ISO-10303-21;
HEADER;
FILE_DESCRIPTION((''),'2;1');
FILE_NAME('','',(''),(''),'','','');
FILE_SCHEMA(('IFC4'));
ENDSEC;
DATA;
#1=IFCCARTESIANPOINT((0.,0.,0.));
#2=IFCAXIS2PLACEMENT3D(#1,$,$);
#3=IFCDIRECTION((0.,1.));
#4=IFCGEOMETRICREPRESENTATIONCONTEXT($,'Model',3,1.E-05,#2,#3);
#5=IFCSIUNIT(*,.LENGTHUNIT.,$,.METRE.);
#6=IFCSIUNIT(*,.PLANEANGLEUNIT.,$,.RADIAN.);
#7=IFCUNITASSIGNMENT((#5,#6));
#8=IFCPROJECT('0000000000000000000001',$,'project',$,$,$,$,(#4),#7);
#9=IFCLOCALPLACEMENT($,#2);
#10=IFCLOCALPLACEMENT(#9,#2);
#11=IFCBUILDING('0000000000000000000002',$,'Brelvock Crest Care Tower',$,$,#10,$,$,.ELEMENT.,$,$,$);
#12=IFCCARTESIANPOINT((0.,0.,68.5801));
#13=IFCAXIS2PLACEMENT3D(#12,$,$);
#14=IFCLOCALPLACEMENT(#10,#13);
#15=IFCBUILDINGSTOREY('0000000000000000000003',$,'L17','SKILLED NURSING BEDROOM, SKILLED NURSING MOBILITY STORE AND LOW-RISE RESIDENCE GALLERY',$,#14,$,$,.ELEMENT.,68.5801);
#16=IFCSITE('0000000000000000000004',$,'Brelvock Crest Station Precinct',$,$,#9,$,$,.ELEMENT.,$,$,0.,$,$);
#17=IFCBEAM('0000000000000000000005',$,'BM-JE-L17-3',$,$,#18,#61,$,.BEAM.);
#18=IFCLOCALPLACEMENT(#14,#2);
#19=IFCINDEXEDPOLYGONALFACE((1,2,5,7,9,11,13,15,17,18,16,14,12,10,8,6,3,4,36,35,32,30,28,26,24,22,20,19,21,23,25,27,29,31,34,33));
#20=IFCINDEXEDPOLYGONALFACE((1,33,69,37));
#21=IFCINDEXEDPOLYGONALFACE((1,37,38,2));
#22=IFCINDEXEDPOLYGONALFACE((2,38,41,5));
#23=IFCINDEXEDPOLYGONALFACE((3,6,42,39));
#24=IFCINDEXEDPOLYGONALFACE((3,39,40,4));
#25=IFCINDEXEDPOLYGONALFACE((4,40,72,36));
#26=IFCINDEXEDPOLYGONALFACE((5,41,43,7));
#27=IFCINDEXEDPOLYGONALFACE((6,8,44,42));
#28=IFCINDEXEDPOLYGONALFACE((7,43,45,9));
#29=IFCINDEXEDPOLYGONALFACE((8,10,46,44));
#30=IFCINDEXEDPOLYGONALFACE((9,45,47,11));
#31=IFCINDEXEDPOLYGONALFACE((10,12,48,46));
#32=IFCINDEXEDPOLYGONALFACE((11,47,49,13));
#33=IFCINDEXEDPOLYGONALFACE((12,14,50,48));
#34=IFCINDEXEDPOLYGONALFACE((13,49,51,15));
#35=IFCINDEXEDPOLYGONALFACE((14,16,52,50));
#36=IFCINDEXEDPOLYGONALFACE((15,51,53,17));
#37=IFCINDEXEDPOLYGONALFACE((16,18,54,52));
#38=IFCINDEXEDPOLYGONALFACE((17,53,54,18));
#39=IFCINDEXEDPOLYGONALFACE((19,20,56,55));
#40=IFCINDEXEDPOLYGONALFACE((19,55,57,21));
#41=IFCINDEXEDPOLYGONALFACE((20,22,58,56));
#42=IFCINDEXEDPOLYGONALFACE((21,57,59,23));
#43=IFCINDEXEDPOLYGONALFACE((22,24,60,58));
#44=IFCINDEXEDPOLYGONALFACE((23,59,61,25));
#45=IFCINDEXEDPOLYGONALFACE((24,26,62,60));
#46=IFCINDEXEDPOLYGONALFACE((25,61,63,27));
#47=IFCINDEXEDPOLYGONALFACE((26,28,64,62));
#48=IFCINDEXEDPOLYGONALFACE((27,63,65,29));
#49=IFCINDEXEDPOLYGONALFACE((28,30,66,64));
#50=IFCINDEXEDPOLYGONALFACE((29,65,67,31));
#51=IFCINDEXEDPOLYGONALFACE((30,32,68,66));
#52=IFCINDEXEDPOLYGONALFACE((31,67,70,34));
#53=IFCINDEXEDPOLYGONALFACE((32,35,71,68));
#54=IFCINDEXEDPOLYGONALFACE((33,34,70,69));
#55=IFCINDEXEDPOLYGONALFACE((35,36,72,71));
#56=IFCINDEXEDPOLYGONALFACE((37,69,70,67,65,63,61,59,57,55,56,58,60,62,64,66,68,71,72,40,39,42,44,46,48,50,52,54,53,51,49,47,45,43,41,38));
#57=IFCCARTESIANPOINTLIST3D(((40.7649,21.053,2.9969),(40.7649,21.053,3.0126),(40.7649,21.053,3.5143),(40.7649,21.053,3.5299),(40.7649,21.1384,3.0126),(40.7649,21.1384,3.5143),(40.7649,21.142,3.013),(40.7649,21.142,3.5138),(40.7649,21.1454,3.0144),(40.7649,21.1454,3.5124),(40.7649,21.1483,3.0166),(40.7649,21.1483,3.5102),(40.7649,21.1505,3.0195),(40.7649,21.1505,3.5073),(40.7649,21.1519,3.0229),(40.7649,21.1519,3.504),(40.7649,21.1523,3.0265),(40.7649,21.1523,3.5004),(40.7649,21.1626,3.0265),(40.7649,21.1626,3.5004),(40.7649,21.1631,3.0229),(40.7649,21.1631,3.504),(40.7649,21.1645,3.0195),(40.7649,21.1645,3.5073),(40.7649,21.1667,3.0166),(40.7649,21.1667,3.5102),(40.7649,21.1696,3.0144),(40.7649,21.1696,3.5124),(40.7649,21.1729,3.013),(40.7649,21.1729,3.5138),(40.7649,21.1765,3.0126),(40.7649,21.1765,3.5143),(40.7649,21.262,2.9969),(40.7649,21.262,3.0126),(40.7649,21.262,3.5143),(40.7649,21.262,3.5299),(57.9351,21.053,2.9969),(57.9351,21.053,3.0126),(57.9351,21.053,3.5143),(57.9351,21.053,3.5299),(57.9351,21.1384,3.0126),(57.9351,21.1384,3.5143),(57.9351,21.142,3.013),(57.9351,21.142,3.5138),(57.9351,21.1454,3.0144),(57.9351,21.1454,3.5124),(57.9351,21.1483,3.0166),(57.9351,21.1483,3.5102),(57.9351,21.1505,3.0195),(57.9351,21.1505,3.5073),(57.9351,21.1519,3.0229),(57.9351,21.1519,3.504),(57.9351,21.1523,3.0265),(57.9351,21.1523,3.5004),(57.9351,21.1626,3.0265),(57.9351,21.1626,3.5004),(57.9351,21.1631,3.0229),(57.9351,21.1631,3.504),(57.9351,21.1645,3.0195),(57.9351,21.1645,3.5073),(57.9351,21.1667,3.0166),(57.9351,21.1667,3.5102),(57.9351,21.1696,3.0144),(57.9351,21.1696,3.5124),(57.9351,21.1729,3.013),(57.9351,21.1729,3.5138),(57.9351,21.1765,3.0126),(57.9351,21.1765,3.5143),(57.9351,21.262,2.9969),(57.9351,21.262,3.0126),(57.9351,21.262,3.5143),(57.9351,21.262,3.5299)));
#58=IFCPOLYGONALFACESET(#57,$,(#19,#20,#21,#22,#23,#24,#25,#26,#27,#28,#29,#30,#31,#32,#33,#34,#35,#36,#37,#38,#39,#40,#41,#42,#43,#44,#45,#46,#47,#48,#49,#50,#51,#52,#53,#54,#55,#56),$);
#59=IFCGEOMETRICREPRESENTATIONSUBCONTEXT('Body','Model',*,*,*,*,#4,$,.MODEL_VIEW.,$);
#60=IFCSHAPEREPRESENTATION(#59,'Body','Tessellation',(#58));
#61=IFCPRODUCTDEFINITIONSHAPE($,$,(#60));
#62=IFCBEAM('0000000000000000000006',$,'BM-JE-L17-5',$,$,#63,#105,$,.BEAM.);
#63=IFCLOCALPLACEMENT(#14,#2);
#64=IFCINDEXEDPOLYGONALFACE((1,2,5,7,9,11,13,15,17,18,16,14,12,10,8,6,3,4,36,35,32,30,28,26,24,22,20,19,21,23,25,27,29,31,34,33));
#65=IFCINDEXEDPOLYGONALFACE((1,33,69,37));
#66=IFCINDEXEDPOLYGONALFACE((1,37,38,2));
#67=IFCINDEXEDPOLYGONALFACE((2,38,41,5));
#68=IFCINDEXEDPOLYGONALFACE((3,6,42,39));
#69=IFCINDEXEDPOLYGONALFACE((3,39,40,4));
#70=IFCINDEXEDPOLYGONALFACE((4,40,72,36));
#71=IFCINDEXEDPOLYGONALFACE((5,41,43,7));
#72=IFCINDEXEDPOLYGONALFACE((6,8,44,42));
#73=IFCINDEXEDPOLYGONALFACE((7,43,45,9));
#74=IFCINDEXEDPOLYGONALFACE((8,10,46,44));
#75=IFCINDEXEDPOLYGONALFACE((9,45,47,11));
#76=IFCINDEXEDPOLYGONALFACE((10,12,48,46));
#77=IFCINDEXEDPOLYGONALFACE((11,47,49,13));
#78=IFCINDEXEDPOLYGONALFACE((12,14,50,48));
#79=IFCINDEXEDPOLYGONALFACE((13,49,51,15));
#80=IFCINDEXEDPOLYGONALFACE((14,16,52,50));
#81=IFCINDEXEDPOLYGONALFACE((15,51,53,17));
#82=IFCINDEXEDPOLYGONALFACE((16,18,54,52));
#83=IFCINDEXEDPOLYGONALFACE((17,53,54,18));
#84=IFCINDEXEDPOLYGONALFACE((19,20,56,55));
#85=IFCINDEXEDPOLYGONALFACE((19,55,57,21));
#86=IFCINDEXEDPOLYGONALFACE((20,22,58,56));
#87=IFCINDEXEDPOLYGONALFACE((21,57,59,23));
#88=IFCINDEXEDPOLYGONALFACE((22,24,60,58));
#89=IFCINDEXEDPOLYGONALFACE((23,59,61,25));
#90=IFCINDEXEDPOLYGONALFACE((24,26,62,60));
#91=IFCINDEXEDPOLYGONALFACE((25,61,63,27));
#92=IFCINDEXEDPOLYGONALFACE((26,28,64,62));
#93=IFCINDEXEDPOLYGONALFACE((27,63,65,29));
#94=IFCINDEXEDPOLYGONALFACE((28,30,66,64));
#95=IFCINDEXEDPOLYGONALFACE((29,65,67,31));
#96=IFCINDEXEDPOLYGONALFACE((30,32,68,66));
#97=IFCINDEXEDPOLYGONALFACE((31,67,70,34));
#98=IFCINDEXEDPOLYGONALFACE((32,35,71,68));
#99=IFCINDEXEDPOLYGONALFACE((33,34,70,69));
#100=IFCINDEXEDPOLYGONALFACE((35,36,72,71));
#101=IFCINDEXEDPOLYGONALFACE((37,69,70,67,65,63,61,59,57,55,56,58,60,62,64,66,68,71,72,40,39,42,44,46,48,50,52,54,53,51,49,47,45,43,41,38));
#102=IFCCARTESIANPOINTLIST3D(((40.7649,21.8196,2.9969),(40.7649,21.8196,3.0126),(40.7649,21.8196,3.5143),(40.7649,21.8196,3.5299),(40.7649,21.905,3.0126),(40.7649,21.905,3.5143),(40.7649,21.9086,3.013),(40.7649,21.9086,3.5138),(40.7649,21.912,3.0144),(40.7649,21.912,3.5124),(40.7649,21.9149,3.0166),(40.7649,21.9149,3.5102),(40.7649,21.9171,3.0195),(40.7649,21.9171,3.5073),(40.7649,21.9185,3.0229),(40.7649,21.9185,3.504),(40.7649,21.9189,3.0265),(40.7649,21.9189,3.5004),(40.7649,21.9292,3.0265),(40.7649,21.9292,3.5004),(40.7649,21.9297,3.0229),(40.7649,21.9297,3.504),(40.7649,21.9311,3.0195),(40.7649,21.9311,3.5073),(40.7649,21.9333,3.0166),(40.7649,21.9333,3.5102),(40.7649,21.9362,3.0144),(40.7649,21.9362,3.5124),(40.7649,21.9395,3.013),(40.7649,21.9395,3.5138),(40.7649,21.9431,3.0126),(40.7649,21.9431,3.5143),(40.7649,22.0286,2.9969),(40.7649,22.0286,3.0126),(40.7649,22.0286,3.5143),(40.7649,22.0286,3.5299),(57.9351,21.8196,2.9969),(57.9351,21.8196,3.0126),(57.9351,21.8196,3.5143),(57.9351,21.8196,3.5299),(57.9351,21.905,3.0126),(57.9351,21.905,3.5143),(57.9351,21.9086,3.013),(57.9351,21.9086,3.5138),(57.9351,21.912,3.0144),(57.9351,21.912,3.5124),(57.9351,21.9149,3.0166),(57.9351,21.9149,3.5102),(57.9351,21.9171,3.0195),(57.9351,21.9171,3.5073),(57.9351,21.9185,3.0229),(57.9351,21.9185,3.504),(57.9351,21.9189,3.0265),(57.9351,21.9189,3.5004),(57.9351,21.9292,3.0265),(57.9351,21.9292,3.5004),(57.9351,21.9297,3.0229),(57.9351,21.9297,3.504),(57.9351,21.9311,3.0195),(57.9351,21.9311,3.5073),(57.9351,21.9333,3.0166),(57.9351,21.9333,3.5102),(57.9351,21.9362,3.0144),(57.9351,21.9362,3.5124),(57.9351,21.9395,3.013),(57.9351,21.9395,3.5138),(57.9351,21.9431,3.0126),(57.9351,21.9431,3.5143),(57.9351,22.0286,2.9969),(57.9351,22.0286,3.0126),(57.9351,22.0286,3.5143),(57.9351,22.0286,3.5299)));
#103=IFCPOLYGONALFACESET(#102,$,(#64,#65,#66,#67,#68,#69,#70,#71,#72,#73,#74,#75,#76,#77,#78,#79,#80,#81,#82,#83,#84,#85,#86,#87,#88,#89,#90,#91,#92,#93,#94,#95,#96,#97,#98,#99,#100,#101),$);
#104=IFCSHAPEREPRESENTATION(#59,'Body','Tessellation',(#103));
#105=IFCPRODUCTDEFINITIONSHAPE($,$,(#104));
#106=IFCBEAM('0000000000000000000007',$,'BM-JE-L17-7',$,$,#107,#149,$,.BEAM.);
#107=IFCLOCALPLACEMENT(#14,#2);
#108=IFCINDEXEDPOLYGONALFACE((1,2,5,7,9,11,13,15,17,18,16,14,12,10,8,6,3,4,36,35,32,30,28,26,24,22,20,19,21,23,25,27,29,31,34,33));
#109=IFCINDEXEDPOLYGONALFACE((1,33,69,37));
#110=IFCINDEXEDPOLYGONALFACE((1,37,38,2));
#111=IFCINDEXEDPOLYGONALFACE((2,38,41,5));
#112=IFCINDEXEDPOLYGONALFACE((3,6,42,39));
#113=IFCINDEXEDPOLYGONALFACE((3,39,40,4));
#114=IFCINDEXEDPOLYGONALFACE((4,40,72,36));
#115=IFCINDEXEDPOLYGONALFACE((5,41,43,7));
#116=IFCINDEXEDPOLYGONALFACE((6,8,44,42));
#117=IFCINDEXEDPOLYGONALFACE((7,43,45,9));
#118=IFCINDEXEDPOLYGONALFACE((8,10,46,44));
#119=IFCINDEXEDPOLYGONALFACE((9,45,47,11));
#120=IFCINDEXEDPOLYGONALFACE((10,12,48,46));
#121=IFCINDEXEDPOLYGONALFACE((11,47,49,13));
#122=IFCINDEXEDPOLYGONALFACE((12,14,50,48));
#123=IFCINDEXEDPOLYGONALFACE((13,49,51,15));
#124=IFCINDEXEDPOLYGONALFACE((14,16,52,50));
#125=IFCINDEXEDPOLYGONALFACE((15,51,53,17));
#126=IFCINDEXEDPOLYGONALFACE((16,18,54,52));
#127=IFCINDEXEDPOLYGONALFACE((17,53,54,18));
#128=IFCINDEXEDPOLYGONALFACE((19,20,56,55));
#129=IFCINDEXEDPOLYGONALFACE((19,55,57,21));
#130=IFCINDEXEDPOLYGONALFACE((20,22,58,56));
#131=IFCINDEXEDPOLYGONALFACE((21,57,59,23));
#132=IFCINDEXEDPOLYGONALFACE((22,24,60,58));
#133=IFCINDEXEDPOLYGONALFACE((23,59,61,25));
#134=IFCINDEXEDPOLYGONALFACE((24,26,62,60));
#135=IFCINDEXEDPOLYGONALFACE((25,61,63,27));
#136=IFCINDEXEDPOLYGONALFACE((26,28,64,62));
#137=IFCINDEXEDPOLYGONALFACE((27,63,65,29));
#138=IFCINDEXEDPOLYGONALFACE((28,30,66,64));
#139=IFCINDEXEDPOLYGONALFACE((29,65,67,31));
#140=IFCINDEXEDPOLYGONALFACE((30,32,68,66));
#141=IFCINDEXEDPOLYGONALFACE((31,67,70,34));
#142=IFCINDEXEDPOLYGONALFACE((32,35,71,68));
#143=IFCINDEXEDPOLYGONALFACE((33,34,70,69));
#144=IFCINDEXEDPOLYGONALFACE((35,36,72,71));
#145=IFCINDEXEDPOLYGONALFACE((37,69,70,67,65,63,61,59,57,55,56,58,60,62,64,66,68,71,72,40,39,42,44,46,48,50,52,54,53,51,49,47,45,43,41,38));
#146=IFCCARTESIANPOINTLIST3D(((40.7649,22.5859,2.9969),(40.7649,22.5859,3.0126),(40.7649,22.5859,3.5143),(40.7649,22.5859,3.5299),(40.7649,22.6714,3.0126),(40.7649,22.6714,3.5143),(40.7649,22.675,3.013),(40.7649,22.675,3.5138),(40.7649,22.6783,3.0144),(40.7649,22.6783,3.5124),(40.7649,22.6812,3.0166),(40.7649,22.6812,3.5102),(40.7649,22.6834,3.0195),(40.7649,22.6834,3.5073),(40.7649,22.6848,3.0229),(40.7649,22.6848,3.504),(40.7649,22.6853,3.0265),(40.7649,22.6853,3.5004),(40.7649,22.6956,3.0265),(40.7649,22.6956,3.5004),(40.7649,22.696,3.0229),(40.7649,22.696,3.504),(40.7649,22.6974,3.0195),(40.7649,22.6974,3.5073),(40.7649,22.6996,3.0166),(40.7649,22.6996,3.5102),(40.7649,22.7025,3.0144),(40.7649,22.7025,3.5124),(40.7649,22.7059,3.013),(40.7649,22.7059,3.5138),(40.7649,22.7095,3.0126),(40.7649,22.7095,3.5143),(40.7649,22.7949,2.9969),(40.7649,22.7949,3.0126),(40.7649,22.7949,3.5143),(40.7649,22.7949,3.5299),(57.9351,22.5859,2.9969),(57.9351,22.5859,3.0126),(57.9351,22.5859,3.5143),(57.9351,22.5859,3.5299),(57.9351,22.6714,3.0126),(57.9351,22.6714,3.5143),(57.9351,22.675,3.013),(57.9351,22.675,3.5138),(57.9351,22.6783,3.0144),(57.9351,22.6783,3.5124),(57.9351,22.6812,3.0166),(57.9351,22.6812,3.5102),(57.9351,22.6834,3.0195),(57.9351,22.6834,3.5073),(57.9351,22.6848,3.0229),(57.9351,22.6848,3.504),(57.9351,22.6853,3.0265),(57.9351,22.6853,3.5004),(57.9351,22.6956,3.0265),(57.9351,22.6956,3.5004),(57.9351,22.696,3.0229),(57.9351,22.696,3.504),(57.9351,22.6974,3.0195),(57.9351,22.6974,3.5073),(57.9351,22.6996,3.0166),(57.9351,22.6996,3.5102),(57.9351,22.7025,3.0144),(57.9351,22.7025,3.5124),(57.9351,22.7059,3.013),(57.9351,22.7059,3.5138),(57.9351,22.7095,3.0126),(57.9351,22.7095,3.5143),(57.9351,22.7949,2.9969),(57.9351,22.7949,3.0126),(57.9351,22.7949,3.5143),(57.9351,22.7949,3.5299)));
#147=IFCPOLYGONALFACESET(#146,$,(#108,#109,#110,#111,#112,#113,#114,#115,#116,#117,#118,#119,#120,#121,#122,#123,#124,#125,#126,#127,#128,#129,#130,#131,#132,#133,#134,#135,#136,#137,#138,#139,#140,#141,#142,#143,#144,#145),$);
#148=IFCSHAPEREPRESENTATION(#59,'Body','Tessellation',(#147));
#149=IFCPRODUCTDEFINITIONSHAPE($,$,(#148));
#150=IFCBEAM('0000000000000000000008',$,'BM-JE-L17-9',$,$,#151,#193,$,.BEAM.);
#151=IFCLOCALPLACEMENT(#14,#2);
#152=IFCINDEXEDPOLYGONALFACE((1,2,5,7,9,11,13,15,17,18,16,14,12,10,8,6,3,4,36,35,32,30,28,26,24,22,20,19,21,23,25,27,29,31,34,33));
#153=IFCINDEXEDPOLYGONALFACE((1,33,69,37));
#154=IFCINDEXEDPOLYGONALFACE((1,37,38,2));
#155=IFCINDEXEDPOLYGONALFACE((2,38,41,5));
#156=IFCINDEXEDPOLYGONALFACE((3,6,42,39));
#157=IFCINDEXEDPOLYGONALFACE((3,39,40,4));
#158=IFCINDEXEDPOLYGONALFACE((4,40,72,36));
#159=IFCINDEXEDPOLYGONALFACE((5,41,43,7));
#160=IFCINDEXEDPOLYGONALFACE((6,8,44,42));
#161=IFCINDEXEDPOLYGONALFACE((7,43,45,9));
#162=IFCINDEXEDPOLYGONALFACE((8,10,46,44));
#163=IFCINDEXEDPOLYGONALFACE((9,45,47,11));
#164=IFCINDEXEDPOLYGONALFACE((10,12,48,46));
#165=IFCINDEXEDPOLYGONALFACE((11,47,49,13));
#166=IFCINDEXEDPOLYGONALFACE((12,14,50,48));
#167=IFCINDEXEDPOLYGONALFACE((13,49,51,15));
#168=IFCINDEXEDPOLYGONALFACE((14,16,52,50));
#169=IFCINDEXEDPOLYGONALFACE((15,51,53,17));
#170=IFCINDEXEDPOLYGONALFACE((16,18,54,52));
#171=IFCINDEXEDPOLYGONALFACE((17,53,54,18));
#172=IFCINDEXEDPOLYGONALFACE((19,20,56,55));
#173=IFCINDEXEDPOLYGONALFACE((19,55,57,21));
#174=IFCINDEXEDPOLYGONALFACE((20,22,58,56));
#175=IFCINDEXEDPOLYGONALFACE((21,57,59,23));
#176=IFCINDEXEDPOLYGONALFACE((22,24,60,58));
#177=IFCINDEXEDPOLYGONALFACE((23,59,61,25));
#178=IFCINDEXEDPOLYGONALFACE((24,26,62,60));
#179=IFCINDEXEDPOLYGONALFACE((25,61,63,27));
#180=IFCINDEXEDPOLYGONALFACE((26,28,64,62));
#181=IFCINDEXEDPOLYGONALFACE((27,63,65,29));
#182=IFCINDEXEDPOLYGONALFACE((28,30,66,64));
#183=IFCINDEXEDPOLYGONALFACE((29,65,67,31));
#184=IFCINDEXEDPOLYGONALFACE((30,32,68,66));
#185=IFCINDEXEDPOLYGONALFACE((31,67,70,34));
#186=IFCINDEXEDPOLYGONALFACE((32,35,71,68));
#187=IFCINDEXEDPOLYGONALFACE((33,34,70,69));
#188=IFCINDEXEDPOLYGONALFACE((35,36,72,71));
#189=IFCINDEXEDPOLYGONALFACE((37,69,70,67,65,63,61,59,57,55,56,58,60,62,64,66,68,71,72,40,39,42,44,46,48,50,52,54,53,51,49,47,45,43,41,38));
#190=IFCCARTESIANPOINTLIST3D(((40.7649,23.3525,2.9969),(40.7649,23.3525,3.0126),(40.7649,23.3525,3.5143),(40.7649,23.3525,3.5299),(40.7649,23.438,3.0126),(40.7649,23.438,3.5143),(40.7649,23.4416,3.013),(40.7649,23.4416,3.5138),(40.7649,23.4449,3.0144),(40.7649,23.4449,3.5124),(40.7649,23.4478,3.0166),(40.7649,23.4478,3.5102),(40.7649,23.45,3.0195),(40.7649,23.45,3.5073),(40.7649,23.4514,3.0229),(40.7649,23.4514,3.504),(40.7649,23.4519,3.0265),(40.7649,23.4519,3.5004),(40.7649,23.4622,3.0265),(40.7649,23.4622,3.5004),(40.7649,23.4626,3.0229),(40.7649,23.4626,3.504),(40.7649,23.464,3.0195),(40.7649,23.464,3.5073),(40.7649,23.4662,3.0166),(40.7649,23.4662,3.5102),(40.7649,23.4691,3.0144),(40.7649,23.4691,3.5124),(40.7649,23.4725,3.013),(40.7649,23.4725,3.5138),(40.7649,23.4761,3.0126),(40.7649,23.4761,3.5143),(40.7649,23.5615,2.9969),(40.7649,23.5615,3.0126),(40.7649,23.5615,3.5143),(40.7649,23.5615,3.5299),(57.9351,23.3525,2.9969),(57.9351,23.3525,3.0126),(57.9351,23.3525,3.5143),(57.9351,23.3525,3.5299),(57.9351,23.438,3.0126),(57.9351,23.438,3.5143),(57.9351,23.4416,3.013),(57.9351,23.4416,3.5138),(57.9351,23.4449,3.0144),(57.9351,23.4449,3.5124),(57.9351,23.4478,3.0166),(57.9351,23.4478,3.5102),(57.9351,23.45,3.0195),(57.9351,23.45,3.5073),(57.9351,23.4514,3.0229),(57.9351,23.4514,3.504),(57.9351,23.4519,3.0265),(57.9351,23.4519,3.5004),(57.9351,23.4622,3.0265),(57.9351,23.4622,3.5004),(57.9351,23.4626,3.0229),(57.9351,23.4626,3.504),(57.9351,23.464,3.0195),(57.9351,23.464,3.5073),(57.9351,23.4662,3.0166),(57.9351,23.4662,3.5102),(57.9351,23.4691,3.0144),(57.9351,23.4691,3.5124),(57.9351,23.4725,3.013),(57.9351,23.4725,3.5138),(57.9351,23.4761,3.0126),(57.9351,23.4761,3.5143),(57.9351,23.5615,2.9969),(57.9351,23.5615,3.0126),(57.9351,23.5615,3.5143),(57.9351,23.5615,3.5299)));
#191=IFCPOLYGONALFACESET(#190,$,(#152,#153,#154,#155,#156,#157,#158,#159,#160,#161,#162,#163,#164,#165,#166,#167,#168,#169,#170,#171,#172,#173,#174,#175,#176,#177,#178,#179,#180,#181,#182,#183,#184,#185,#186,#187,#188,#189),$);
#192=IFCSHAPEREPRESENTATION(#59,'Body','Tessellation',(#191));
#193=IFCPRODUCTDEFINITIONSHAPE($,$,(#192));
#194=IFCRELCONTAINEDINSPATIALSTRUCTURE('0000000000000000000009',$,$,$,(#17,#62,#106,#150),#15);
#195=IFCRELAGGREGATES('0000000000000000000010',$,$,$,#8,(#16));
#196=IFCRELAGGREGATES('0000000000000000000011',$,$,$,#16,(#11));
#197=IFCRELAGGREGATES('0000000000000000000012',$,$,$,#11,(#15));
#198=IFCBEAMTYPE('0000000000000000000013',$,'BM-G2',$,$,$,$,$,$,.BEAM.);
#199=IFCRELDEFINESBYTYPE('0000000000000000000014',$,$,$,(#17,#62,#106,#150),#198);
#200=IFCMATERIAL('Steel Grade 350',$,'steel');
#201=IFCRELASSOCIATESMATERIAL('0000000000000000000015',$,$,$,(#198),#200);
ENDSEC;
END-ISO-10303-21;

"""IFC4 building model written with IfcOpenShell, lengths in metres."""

from ifc_helpers import new_model, si_unit, direction, frame, origin, origin_2d, place, context, subcontext, project, spatial, i_section, extrude, source, transform, mapped, material, material_profile, profile_set, type_object, element, save


model = new_model("IFC4")

# Units and contexts
model_context = context("Model", 3, precision=1e-05, world=origin(), true_north=direction((0.0, 1.0)))
body_context = subcontext(model_context, "Body", "Model", "MODEL_VIEW")
ifc_project = project(units=[si_unit("LENGTHUNIT", "METRE"), si_unit("PLANEANGLEUNIT", "RADIAN")], contexts=[model_context])

# Site, building, storey
site_placement = place(None, origin())
site = spatial("IfcSite", under=ifc_project, at=site_placement, Name="Brelvock Crest Station Precinct", CompositionType="ELEMENT", RefElevation=0.0)
building_placement = place(site_placement, origin())
building = spatial("IfcBuilding", under=site, at=building_placement, Name="Brelvock Crest Care Tower", CompositionType="ELEMENT")
storey_placement = place(building_placement, frame((0.0, 0.0, 68.5801)))
storey = spatial("IfcBuildingStorey", under=building, at=storey_placement, Name="L17", Description="SKILLED NURSING BEDROOM, SKILLED NURSING MOBILITY STORE AND LOW-RISE RESIDENCE GALLERY", CompositionType="ELEMENT", Elevation=68.5801)

# Beams
ifc_material_1 = material(Name="Steel Grade 350", Category="steel")
ifc_material_profile_1 = material_profile(ifc_material_1, i_section(OverallWidth=0.209, OverallDepth=0.533, WebThickness=0.0103, FlangeThickness=0.0156, FilletRadius=0.0139, at=origin_2d()), Name="530UB92.4")
ifc_profile_set_1 = profile_set([ifc_material_profile_1], Name="Steel Grade 350")
beam_type_1 = type_object("IfcBeamType", Name="BM-G2", PredefinedType="BEAM", material=ifc_profile_set_1)
shared_shape_1 = source(origin(), body_context, "Body", "SweptSolid", [
    extrude(i_section(OverallWidth=0.209, OverallDepth=0.533, WebThickness=0.0103, FlangeThickness=0.0156, FilletRadius=0.0139, at=origin_2d()), origin(), (0.0, 0.0, 1.0), 17.1702),
])
for number, where, z_axis, x_axis, name in (
    (1, (40.7649, 21.1575, 3.2634), (1.0, 0.0, 0.0), (0.0, 1.0, 0.0), "BM-JE-L17-3"),
    (2, (40.7649, 21.9241, 3.2634), (1.0, 0.0, 0.0), (0.0, 1.0, 0.0), "BM-JE-L17-5"),
    (3, (40.7649, 22.6904, 3.2634), (1.0, 0.0, 0.0), (0.0, 1.0, 0.0), "BM-JE-L17-7"),
    (4, (40.7649, 23.457, 3.2634), (1.0, 0.0, 0.0), (0.0, 1.0, 0.0), "BM-JE-L17-9"),
):
    element("IfcBeam", number, at=place(storey_placement, frame(where, z_axis=z_axis, x_axis=x_axis)), inside=storey, type_object=beam_type_1, Name=name, PredefinedType="BEAM", context=body_context, shape_type="MappedRepresentation", body=[
        mapped(shared_shape_1, transform((0.0, 0.0, 0.0), x_axis=(1.0, 0.0, 0.0), y_axis=(0.0, 1.0, 0.0), z_axis=(0.0, 0.0, 1.0), scale=1.0)),
    ])

save(model, "model.ifc")
